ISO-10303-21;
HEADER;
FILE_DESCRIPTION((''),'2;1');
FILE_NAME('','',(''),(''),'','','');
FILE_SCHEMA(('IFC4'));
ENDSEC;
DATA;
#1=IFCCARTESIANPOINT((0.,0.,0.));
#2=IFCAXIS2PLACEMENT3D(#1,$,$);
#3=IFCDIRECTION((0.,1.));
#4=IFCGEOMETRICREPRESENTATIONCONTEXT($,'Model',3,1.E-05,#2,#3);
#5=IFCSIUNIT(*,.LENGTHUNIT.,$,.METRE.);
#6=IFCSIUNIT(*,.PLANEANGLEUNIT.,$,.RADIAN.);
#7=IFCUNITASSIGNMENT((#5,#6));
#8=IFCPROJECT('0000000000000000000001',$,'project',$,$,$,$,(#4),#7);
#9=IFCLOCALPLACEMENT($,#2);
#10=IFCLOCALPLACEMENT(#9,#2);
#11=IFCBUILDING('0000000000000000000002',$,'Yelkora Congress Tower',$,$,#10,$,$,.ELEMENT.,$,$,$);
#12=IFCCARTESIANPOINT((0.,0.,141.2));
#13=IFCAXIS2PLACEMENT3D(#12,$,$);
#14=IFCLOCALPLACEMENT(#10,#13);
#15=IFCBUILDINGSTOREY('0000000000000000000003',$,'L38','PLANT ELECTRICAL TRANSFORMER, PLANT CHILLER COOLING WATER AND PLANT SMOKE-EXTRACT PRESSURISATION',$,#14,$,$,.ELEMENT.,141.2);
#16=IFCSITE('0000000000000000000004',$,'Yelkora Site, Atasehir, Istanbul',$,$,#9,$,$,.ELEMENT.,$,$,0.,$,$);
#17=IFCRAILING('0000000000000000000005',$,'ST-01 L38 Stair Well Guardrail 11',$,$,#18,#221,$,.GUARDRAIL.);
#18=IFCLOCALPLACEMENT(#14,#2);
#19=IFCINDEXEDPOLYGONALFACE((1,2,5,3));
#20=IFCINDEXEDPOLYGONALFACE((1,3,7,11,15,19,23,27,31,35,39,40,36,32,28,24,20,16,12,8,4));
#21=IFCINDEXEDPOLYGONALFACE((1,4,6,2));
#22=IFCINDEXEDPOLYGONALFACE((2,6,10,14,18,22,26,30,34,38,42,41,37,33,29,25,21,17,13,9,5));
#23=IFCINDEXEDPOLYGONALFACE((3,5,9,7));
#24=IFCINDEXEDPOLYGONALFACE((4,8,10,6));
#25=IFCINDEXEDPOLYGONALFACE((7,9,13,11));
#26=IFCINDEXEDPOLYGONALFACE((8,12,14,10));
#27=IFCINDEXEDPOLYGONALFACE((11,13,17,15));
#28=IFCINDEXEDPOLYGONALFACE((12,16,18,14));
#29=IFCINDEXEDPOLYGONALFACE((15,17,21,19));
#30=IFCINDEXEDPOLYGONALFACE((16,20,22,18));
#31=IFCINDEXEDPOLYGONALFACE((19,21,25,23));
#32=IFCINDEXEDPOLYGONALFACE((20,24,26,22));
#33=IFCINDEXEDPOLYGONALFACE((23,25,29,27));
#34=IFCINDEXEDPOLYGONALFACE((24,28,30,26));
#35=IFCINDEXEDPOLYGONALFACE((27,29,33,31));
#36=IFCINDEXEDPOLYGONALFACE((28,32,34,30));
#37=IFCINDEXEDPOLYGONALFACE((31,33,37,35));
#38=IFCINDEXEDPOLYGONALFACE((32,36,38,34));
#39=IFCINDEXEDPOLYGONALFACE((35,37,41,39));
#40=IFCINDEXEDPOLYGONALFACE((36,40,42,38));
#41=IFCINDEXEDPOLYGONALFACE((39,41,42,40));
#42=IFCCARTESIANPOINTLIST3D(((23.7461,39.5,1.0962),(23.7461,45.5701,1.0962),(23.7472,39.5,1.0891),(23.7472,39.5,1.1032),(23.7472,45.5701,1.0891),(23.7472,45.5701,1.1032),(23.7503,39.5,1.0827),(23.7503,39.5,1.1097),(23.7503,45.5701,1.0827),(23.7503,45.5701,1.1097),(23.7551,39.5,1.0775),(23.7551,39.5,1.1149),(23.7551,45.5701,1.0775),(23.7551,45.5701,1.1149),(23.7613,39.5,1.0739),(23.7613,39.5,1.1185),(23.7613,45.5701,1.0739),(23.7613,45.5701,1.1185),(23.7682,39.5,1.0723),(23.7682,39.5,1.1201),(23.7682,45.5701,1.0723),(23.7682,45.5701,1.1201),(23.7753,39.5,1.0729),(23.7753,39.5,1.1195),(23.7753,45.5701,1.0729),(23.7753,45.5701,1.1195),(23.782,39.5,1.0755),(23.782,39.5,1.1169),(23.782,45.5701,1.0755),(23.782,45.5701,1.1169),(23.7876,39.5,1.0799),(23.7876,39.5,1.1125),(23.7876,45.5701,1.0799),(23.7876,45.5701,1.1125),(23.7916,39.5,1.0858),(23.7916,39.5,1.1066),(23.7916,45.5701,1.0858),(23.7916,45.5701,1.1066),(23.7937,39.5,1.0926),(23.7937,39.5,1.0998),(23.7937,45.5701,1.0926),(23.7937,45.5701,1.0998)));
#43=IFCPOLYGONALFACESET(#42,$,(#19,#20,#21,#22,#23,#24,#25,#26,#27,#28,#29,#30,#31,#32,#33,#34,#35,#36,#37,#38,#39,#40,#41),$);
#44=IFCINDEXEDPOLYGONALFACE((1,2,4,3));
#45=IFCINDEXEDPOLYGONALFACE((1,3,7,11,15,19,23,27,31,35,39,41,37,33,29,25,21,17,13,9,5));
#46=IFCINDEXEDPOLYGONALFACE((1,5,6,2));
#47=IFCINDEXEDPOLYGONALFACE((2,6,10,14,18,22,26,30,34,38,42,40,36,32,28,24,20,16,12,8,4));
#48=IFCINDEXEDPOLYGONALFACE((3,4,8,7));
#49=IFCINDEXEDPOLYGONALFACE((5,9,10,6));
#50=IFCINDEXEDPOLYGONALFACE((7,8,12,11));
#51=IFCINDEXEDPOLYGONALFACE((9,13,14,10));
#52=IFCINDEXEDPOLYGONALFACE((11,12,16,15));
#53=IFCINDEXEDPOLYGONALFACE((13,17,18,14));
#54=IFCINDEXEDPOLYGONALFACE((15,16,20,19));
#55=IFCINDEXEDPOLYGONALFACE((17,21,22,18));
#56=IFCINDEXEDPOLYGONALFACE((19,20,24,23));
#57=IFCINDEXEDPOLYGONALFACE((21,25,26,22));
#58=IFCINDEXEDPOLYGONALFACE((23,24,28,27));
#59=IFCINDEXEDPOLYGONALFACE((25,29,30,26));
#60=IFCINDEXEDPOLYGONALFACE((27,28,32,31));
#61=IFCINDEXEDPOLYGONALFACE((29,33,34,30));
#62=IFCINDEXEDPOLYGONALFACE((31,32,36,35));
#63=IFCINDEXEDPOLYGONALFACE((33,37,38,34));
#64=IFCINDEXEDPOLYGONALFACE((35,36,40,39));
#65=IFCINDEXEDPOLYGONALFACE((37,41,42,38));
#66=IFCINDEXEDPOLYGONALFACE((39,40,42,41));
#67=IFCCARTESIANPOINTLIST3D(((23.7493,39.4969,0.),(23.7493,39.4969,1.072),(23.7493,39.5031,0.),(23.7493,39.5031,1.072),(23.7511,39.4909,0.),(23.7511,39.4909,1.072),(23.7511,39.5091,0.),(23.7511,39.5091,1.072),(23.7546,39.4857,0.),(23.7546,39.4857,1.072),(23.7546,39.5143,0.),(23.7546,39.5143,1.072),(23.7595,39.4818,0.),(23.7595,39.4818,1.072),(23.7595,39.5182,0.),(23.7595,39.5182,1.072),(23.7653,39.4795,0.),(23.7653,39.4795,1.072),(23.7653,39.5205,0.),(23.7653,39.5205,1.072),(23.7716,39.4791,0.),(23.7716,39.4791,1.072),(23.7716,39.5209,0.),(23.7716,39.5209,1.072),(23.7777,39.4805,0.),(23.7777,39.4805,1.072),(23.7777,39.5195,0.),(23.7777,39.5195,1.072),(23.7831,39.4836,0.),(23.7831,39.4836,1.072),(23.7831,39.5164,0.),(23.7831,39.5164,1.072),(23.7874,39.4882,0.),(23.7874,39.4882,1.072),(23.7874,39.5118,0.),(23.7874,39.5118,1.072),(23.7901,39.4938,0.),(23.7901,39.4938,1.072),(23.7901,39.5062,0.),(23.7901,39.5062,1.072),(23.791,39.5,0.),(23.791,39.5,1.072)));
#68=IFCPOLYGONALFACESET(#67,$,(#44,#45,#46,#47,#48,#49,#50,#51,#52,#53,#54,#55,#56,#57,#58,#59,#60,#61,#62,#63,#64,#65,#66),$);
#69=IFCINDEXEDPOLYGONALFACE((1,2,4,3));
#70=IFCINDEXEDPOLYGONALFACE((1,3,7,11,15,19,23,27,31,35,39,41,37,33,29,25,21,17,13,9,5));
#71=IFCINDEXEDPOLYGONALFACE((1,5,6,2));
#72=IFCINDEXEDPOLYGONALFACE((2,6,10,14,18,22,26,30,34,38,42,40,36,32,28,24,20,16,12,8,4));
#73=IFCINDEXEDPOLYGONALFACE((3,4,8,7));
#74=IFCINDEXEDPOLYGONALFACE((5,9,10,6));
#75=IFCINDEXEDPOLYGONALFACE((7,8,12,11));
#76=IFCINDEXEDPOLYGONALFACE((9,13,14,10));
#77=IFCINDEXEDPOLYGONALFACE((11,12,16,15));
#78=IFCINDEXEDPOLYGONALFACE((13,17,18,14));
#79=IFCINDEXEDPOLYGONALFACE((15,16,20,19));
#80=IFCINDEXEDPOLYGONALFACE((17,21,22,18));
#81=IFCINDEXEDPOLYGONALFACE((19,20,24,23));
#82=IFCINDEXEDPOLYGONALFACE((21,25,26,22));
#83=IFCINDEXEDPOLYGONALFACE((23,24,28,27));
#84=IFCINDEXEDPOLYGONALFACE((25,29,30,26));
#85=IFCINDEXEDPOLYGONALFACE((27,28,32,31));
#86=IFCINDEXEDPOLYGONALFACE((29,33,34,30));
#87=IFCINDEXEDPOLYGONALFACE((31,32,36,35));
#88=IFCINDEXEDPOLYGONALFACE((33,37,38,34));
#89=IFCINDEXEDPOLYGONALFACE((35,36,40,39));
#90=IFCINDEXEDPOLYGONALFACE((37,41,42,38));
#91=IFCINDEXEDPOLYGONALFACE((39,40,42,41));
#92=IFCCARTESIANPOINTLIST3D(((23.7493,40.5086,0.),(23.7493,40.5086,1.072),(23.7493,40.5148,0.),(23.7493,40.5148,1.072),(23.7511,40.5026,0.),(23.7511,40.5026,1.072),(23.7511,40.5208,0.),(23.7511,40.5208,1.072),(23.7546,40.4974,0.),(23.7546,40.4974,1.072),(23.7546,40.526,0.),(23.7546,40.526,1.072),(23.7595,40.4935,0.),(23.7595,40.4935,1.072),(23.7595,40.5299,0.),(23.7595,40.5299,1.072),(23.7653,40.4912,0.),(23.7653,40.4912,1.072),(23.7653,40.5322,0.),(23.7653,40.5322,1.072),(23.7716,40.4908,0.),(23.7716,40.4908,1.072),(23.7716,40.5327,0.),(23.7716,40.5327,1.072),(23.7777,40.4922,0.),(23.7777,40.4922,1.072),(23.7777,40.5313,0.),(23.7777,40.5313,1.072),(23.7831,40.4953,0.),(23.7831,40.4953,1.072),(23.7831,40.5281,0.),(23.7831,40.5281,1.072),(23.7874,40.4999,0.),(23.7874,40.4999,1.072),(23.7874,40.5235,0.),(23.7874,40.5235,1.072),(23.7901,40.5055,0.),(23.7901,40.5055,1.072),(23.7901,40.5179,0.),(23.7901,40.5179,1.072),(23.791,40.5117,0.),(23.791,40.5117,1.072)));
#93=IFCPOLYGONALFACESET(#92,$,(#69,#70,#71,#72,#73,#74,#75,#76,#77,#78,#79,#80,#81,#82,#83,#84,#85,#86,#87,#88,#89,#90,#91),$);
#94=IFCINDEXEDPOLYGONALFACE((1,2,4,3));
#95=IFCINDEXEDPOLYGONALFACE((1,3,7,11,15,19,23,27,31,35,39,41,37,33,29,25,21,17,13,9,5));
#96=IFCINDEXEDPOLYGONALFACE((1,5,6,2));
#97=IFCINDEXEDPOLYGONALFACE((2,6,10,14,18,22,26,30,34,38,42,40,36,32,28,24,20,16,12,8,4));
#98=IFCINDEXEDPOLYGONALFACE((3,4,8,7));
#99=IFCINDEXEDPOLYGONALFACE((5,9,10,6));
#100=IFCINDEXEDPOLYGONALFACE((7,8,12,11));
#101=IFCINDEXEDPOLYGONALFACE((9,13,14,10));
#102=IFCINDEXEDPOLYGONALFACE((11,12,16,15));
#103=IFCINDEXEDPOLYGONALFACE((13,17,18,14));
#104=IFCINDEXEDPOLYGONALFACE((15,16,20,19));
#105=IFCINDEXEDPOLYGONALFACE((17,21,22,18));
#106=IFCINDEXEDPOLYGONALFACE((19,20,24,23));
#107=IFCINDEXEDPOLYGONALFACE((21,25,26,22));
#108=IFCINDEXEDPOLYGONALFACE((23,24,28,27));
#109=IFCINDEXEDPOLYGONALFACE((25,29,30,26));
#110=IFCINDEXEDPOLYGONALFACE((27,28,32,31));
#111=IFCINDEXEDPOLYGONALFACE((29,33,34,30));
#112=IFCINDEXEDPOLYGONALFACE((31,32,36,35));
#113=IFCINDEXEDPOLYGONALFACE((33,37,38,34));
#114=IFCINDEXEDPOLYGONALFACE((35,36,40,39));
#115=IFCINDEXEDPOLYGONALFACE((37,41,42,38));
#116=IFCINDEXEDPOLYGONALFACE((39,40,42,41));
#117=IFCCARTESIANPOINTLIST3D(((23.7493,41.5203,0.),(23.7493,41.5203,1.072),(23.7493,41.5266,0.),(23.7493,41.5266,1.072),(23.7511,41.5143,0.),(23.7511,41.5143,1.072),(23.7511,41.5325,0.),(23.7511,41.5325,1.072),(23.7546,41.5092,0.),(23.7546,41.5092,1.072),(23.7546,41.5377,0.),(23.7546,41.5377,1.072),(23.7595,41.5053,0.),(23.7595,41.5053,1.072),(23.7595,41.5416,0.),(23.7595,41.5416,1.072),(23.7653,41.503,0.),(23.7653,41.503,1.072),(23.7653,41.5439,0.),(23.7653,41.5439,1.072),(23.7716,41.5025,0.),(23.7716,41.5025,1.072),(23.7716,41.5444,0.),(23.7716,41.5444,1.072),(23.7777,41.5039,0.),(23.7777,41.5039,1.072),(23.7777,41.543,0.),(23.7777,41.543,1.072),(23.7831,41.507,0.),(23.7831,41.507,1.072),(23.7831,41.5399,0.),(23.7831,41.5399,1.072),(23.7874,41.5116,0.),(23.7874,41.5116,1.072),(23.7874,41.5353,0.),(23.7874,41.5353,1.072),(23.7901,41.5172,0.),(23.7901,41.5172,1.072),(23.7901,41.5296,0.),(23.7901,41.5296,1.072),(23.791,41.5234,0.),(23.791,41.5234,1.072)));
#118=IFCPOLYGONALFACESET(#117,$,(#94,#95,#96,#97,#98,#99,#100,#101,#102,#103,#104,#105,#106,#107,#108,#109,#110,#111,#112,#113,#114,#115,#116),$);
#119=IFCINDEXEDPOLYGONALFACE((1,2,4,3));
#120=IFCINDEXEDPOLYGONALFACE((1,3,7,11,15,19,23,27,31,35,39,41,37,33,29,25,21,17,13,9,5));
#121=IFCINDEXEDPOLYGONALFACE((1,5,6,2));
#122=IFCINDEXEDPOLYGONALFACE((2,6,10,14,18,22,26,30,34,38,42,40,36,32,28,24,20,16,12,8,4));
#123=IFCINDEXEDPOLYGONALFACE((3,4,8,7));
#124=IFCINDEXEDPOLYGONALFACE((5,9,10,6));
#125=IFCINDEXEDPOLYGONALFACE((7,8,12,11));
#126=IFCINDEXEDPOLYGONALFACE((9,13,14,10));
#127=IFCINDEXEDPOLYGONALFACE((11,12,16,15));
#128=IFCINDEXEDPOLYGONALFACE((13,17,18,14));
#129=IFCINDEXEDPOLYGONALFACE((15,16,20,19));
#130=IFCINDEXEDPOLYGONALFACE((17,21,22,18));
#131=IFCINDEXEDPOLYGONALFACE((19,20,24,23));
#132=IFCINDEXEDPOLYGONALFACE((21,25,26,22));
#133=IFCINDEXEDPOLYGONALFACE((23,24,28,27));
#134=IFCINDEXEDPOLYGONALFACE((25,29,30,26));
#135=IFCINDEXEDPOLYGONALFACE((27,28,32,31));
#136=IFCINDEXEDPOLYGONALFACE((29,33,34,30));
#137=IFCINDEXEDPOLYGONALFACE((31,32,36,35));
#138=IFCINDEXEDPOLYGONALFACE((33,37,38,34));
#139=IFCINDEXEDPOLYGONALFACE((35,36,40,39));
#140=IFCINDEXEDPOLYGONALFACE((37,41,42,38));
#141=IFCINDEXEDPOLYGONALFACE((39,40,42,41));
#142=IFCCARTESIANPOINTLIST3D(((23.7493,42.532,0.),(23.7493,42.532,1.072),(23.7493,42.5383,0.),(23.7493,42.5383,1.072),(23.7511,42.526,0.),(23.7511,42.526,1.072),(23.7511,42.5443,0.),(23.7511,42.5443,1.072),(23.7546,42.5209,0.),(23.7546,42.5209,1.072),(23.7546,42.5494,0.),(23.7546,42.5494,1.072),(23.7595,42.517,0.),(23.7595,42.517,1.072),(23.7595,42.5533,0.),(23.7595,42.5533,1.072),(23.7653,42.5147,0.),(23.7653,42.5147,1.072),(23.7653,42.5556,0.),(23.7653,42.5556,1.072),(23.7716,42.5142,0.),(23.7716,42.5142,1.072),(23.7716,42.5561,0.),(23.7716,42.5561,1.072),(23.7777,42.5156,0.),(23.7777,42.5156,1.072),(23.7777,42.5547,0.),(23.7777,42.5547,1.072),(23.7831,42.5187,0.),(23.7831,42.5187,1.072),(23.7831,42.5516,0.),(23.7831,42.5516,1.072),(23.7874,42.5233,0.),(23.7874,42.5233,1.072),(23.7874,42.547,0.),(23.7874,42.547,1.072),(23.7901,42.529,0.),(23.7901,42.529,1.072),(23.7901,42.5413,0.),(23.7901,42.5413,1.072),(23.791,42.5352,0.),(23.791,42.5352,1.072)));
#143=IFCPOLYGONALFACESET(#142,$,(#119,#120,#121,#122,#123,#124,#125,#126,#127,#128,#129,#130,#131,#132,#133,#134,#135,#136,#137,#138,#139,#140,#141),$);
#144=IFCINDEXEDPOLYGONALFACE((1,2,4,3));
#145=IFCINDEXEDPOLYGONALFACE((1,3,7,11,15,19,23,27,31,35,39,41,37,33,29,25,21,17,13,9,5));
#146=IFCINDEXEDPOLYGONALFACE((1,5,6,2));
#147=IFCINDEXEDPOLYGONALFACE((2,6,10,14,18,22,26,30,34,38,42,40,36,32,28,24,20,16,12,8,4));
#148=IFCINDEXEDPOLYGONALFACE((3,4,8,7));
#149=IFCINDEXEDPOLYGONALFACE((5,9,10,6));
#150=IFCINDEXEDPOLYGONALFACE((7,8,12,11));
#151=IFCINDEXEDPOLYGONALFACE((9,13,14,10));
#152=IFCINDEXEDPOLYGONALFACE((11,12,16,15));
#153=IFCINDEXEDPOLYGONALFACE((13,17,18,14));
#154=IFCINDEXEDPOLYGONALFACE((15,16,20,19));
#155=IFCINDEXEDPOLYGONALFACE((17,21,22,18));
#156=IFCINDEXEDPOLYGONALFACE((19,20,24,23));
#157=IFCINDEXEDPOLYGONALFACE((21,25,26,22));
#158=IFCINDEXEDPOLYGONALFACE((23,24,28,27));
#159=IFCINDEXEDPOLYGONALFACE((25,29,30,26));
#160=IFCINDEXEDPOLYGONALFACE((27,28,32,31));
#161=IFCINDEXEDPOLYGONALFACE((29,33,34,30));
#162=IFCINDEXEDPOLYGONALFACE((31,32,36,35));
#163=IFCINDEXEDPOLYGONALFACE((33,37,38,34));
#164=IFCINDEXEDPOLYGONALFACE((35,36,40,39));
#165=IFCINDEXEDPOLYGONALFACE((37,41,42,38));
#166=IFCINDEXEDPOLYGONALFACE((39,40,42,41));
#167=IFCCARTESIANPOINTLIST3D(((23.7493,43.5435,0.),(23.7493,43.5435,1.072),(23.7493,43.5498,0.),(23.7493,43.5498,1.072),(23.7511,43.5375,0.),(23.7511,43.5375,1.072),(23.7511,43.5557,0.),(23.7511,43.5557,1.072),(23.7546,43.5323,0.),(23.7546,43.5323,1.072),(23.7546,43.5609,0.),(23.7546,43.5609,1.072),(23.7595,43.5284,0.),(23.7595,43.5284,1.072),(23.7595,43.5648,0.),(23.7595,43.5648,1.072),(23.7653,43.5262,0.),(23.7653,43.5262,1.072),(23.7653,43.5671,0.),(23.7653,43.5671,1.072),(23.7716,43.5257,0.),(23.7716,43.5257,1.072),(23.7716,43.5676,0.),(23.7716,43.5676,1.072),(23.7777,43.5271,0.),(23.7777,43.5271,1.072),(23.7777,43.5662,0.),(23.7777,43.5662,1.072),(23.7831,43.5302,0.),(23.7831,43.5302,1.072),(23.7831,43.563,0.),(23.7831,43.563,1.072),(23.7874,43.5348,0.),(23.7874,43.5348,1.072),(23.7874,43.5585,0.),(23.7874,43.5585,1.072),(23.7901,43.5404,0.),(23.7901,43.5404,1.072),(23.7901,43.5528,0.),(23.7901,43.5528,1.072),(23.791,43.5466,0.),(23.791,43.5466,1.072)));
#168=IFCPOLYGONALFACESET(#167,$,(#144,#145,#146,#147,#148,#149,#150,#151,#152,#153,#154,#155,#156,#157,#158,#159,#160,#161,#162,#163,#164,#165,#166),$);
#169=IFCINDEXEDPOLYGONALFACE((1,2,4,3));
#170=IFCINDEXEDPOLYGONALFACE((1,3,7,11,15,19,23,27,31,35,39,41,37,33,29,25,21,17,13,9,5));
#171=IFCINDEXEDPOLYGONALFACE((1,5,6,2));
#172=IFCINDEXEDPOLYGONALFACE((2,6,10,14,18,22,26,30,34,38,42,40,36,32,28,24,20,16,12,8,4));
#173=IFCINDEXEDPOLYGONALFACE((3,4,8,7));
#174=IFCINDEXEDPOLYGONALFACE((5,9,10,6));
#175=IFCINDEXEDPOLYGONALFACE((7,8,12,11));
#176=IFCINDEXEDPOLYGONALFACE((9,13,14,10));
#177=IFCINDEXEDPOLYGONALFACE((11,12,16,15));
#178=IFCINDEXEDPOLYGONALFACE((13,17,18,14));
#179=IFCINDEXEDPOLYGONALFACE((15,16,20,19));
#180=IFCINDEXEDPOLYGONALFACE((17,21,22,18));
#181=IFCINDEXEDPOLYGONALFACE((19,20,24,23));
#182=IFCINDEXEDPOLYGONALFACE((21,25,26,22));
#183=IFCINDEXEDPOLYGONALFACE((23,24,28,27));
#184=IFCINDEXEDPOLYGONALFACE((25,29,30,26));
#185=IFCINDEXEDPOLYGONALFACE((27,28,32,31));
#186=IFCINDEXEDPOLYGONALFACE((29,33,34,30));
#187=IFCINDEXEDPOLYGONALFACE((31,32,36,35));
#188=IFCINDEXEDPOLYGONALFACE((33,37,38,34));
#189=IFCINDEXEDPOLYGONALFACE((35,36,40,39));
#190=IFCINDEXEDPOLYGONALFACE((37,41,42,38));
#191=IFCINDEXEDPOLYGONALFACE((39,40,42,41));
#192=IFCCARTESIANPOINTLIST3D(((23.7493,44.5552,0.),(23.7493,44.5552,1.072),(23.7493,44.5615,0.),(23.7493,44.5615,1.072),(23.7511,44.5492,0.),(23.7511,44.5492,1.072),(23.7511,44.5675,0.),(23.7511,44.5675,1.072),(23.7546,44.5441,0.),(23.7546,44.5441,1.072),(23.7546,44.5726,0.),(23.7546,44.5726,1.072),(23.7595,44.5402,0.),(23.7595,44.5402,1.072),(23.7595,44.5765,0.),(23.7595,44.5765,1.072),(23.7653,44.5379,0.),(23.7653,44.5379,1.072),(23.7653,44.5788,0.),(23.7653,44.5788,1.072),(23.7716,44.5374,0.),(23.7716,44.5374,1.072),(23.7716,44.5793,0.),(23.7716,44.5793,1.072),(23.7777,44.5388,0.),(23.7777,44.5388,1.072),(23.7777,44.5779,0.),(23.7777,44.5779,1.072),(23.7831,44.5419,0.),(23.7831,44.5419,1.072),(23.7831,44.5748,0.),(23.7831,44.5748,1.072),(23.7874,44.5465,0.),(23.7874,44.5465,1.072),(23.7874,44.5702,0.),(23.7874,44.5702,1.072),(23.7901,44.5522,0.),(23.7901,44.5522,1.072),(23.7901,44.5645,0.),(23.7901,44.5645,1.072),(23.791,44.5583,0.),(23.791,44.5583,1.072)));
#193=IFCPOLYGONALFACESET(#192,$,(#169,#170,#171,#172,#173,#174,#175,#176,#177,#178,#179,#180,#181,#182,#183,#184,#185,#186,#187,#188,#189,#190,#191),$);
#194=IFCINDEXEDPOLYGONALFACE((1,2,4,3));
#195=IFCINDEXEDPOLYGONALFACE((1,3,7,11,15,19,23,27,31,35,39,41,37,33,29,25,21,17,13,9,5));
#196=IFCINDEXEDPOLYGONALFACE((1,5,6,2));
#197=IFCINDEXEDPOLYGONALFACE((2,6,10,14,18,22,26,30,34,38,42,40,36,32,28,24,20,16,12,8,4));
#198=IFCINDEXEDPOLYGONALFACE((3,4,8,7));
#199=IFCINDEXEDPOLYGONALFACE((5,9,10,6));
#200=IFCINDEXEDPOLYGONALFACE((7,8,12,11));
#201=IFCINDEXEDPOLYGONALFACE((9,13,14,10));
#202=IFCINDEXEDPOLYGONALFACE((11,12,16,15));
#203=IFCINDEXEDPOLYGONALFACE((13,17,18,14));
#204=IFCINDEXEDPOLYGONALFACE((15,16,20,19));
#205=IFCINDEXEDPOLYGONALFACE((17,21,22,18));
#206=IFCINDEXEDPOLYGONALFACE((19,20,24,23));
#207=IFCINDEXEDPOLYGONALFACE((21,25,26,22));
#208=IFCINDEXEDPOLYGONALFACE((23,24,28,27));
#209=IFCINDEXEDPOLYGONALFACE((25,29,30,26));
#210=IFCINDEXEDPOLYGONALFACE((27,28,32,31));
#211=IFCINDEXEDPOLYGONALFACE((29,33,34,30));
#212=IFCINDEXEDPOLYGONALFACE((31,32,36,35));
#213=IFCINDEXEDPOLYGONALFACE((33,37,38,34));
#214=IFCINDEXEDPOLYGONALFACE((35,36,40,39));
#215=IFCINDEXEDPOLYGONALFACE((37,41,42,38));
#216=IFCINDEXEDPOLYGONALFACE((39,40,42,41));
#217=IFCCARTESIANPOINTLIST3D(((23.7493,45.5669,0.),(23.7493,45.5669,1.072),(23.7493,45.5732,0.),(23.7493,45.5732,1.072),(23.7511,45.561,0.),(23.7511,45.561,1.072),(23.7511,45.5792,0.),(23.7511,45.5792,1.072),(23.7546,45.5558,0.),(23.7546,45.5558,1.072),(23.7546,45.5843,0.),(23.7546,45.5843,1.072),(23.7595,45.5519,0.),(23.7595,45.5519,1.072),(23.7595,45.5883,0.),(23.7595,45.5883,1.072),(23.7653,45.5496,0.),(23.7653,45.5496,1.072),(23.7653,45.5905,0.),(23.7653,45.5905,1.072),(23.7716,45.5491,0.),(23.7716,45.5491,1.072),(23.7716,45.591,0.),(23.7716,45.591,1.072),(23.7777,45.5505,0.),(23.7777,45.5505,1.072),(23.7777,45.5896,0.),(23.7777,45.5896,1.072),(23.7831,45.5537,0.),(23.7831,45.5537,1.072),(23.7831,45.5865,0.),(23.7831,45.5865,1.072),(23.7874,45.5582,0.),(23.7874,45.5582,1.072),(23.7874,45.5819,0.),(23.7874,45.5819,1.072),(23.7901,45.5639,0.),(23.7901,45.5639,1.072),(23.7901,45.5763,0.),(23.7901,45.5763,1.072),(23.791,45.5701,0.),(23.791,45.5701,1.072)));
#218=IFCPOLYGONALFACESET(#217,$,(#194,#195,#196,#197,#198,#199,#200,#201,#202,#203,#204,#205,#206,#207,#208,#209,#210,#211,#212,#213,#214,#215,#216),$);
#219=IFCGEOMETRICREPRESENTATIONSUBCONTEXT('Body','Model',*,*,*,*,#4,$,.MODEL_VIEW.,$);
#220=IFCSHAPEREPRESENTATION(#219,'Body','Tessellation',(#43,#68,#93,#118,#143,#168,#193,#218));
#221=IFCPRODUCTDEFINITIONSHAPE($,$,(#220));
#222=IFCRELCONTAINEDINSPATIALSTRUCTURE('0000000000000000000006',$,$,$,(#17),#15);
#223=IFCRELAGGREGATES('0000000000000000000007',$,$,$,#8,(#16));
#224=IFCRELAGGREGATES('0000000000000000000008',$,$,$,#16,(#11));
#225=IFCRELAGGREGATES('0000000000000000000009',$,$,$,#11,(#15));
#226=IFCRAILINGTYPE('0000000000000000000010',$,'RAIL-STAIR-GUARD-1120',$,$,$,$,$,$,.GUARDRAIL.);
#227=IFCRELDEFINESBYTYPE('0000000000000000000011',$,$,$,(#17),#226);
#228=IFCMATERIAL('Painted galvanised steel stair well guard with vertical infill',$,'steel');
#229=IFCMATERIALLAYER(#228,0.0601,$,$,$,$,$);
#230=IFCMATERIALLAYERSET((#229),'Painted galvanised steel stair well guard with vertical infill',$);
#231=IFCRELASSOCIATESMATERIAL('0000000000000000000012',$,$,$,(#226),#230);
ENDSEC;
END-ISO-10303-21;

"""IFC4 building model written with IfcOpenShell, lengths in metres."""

from ifc_helpers import new_model, si_unit, direction, frame, origin, origin_2d, place, context, subcontext, project, spatial, circle, extrude, material, layer, layer_set, type_object, element, save


model = new_model("IFC4")

# Units and contexts
model_context = context("Model", 3, precision=1e-05, world=origin(), true_north=direction((0.0, 1.0)))
body_context = subcontext(model_context, "Body", "Model", "MODEL_VIEW")
ifc_project = project(units=[si_unit("LENGTHUNIT", "METRE"), si_unit("PLANEANGLEUNIT", "RADIAN")], contexts=[model_context])

# Site, building, storey
site_placement = place(None, origin())
site = spatial("IfcSite", under=ifc_project, at=site_placement, Name="Yelkora Site, Atasehir, Istanbul", CompositionType="ELEMENT", RefElevation=0.0)
building_placement = place(site_placement, origin())
building = spatial("IfcBuilding", under=site, at=building_placement, Name="Yelkora Congress Tower", CompositionType="ELEMENT")
storey_placement = place(building_placement, frame((0.0, 0.0, 141.2)))
storey = spatial("IfcBuildingStorey", under=building, at=storey_placement, Name="L38", Description="PLANT ELECTRICAL TRANSFORMER, PLANT CHILLER COOLING WATER AND PLANT SMOKE-EXTRACT PRESSURISATION", CompositionType="ELEMENT", Elevation=141.2)

# Railing
ifc_material_1 = material(Name="Painted galvanised steel stair well guard with vertical infill", Category="steel")
ifc_layer_1 = layer(ifc_material_1, 0.0601)
ifc_layer_set_1 = layer_set([ifc_layer_1], Name="Painted galvanised steel stair well guard with vertical infill")
railing_type_1 = type_object("IfcRailingType", Name="RAIL-STAIR-GUARD-1120", PredefinedType="GUARDRAIL", material=ifc_layer_set_1)
railing_1_placement = place(storey_placement, frame((23.77, 39.5, 0.0)))
element("IfcRailing", 1, at=railing_1_placement, inside=storey, type_object=railing_type_1, Name="ST-01 L38 Stair Well Guardrail 11", PredefinedType="GUARDRAIL", context=body_context, shape_type="SweptSolid", body=[
    extrude(circle(Radius=0.0239, at=origin_2d()), frame((0.0, 0.0, 1.0962), z_axis=(0.0, 1.0, 0.0), x_axis=(-1.0, 0.0, 0.0)), (0.0, 0.0, 1.0), 6.0701),
    extrude(circle(Radius=0.021, at=origin_2d()), origin(), (0.0, 0.0, 1.0), 1.072),
    extrude(circle(Radius=0.021, at=origin_2d()), frame((0.0, 1.0117, 0.0)), (0.0, 0.0, 1.0), 1.072),
    extrude(circle(Radius=0.021, at=origin_2d()), frame((0.0, 2.0234, 0.0)), (0.0, 0.0, 1.0), 1.072),
    extrude(circle(Radius=0.021, at=origin_2d()), frame((0.0, 3.0352, 0.0)), (0.0, 0.0, 1.0), 1.072),
    extrude(circle(Radius=0.021, at=origin_2d()), frame((0.0, 4.0466, 0.0)), (0.0, 0.0, 1.0), 1.072),
    extrude(circle(Radius=0.021, at=origin_2d()), frame((0.0, 5.0583, 0.0)), (0.0, 0.0, 1.0), 1.072),
    extrude(circle(Radius=0.021, at=origin_2d()), frame((0.0, 6.0701, 0.0)), (0.0, 0.0, 1.0), 1.072),
])

save(model, "model.ifc")
